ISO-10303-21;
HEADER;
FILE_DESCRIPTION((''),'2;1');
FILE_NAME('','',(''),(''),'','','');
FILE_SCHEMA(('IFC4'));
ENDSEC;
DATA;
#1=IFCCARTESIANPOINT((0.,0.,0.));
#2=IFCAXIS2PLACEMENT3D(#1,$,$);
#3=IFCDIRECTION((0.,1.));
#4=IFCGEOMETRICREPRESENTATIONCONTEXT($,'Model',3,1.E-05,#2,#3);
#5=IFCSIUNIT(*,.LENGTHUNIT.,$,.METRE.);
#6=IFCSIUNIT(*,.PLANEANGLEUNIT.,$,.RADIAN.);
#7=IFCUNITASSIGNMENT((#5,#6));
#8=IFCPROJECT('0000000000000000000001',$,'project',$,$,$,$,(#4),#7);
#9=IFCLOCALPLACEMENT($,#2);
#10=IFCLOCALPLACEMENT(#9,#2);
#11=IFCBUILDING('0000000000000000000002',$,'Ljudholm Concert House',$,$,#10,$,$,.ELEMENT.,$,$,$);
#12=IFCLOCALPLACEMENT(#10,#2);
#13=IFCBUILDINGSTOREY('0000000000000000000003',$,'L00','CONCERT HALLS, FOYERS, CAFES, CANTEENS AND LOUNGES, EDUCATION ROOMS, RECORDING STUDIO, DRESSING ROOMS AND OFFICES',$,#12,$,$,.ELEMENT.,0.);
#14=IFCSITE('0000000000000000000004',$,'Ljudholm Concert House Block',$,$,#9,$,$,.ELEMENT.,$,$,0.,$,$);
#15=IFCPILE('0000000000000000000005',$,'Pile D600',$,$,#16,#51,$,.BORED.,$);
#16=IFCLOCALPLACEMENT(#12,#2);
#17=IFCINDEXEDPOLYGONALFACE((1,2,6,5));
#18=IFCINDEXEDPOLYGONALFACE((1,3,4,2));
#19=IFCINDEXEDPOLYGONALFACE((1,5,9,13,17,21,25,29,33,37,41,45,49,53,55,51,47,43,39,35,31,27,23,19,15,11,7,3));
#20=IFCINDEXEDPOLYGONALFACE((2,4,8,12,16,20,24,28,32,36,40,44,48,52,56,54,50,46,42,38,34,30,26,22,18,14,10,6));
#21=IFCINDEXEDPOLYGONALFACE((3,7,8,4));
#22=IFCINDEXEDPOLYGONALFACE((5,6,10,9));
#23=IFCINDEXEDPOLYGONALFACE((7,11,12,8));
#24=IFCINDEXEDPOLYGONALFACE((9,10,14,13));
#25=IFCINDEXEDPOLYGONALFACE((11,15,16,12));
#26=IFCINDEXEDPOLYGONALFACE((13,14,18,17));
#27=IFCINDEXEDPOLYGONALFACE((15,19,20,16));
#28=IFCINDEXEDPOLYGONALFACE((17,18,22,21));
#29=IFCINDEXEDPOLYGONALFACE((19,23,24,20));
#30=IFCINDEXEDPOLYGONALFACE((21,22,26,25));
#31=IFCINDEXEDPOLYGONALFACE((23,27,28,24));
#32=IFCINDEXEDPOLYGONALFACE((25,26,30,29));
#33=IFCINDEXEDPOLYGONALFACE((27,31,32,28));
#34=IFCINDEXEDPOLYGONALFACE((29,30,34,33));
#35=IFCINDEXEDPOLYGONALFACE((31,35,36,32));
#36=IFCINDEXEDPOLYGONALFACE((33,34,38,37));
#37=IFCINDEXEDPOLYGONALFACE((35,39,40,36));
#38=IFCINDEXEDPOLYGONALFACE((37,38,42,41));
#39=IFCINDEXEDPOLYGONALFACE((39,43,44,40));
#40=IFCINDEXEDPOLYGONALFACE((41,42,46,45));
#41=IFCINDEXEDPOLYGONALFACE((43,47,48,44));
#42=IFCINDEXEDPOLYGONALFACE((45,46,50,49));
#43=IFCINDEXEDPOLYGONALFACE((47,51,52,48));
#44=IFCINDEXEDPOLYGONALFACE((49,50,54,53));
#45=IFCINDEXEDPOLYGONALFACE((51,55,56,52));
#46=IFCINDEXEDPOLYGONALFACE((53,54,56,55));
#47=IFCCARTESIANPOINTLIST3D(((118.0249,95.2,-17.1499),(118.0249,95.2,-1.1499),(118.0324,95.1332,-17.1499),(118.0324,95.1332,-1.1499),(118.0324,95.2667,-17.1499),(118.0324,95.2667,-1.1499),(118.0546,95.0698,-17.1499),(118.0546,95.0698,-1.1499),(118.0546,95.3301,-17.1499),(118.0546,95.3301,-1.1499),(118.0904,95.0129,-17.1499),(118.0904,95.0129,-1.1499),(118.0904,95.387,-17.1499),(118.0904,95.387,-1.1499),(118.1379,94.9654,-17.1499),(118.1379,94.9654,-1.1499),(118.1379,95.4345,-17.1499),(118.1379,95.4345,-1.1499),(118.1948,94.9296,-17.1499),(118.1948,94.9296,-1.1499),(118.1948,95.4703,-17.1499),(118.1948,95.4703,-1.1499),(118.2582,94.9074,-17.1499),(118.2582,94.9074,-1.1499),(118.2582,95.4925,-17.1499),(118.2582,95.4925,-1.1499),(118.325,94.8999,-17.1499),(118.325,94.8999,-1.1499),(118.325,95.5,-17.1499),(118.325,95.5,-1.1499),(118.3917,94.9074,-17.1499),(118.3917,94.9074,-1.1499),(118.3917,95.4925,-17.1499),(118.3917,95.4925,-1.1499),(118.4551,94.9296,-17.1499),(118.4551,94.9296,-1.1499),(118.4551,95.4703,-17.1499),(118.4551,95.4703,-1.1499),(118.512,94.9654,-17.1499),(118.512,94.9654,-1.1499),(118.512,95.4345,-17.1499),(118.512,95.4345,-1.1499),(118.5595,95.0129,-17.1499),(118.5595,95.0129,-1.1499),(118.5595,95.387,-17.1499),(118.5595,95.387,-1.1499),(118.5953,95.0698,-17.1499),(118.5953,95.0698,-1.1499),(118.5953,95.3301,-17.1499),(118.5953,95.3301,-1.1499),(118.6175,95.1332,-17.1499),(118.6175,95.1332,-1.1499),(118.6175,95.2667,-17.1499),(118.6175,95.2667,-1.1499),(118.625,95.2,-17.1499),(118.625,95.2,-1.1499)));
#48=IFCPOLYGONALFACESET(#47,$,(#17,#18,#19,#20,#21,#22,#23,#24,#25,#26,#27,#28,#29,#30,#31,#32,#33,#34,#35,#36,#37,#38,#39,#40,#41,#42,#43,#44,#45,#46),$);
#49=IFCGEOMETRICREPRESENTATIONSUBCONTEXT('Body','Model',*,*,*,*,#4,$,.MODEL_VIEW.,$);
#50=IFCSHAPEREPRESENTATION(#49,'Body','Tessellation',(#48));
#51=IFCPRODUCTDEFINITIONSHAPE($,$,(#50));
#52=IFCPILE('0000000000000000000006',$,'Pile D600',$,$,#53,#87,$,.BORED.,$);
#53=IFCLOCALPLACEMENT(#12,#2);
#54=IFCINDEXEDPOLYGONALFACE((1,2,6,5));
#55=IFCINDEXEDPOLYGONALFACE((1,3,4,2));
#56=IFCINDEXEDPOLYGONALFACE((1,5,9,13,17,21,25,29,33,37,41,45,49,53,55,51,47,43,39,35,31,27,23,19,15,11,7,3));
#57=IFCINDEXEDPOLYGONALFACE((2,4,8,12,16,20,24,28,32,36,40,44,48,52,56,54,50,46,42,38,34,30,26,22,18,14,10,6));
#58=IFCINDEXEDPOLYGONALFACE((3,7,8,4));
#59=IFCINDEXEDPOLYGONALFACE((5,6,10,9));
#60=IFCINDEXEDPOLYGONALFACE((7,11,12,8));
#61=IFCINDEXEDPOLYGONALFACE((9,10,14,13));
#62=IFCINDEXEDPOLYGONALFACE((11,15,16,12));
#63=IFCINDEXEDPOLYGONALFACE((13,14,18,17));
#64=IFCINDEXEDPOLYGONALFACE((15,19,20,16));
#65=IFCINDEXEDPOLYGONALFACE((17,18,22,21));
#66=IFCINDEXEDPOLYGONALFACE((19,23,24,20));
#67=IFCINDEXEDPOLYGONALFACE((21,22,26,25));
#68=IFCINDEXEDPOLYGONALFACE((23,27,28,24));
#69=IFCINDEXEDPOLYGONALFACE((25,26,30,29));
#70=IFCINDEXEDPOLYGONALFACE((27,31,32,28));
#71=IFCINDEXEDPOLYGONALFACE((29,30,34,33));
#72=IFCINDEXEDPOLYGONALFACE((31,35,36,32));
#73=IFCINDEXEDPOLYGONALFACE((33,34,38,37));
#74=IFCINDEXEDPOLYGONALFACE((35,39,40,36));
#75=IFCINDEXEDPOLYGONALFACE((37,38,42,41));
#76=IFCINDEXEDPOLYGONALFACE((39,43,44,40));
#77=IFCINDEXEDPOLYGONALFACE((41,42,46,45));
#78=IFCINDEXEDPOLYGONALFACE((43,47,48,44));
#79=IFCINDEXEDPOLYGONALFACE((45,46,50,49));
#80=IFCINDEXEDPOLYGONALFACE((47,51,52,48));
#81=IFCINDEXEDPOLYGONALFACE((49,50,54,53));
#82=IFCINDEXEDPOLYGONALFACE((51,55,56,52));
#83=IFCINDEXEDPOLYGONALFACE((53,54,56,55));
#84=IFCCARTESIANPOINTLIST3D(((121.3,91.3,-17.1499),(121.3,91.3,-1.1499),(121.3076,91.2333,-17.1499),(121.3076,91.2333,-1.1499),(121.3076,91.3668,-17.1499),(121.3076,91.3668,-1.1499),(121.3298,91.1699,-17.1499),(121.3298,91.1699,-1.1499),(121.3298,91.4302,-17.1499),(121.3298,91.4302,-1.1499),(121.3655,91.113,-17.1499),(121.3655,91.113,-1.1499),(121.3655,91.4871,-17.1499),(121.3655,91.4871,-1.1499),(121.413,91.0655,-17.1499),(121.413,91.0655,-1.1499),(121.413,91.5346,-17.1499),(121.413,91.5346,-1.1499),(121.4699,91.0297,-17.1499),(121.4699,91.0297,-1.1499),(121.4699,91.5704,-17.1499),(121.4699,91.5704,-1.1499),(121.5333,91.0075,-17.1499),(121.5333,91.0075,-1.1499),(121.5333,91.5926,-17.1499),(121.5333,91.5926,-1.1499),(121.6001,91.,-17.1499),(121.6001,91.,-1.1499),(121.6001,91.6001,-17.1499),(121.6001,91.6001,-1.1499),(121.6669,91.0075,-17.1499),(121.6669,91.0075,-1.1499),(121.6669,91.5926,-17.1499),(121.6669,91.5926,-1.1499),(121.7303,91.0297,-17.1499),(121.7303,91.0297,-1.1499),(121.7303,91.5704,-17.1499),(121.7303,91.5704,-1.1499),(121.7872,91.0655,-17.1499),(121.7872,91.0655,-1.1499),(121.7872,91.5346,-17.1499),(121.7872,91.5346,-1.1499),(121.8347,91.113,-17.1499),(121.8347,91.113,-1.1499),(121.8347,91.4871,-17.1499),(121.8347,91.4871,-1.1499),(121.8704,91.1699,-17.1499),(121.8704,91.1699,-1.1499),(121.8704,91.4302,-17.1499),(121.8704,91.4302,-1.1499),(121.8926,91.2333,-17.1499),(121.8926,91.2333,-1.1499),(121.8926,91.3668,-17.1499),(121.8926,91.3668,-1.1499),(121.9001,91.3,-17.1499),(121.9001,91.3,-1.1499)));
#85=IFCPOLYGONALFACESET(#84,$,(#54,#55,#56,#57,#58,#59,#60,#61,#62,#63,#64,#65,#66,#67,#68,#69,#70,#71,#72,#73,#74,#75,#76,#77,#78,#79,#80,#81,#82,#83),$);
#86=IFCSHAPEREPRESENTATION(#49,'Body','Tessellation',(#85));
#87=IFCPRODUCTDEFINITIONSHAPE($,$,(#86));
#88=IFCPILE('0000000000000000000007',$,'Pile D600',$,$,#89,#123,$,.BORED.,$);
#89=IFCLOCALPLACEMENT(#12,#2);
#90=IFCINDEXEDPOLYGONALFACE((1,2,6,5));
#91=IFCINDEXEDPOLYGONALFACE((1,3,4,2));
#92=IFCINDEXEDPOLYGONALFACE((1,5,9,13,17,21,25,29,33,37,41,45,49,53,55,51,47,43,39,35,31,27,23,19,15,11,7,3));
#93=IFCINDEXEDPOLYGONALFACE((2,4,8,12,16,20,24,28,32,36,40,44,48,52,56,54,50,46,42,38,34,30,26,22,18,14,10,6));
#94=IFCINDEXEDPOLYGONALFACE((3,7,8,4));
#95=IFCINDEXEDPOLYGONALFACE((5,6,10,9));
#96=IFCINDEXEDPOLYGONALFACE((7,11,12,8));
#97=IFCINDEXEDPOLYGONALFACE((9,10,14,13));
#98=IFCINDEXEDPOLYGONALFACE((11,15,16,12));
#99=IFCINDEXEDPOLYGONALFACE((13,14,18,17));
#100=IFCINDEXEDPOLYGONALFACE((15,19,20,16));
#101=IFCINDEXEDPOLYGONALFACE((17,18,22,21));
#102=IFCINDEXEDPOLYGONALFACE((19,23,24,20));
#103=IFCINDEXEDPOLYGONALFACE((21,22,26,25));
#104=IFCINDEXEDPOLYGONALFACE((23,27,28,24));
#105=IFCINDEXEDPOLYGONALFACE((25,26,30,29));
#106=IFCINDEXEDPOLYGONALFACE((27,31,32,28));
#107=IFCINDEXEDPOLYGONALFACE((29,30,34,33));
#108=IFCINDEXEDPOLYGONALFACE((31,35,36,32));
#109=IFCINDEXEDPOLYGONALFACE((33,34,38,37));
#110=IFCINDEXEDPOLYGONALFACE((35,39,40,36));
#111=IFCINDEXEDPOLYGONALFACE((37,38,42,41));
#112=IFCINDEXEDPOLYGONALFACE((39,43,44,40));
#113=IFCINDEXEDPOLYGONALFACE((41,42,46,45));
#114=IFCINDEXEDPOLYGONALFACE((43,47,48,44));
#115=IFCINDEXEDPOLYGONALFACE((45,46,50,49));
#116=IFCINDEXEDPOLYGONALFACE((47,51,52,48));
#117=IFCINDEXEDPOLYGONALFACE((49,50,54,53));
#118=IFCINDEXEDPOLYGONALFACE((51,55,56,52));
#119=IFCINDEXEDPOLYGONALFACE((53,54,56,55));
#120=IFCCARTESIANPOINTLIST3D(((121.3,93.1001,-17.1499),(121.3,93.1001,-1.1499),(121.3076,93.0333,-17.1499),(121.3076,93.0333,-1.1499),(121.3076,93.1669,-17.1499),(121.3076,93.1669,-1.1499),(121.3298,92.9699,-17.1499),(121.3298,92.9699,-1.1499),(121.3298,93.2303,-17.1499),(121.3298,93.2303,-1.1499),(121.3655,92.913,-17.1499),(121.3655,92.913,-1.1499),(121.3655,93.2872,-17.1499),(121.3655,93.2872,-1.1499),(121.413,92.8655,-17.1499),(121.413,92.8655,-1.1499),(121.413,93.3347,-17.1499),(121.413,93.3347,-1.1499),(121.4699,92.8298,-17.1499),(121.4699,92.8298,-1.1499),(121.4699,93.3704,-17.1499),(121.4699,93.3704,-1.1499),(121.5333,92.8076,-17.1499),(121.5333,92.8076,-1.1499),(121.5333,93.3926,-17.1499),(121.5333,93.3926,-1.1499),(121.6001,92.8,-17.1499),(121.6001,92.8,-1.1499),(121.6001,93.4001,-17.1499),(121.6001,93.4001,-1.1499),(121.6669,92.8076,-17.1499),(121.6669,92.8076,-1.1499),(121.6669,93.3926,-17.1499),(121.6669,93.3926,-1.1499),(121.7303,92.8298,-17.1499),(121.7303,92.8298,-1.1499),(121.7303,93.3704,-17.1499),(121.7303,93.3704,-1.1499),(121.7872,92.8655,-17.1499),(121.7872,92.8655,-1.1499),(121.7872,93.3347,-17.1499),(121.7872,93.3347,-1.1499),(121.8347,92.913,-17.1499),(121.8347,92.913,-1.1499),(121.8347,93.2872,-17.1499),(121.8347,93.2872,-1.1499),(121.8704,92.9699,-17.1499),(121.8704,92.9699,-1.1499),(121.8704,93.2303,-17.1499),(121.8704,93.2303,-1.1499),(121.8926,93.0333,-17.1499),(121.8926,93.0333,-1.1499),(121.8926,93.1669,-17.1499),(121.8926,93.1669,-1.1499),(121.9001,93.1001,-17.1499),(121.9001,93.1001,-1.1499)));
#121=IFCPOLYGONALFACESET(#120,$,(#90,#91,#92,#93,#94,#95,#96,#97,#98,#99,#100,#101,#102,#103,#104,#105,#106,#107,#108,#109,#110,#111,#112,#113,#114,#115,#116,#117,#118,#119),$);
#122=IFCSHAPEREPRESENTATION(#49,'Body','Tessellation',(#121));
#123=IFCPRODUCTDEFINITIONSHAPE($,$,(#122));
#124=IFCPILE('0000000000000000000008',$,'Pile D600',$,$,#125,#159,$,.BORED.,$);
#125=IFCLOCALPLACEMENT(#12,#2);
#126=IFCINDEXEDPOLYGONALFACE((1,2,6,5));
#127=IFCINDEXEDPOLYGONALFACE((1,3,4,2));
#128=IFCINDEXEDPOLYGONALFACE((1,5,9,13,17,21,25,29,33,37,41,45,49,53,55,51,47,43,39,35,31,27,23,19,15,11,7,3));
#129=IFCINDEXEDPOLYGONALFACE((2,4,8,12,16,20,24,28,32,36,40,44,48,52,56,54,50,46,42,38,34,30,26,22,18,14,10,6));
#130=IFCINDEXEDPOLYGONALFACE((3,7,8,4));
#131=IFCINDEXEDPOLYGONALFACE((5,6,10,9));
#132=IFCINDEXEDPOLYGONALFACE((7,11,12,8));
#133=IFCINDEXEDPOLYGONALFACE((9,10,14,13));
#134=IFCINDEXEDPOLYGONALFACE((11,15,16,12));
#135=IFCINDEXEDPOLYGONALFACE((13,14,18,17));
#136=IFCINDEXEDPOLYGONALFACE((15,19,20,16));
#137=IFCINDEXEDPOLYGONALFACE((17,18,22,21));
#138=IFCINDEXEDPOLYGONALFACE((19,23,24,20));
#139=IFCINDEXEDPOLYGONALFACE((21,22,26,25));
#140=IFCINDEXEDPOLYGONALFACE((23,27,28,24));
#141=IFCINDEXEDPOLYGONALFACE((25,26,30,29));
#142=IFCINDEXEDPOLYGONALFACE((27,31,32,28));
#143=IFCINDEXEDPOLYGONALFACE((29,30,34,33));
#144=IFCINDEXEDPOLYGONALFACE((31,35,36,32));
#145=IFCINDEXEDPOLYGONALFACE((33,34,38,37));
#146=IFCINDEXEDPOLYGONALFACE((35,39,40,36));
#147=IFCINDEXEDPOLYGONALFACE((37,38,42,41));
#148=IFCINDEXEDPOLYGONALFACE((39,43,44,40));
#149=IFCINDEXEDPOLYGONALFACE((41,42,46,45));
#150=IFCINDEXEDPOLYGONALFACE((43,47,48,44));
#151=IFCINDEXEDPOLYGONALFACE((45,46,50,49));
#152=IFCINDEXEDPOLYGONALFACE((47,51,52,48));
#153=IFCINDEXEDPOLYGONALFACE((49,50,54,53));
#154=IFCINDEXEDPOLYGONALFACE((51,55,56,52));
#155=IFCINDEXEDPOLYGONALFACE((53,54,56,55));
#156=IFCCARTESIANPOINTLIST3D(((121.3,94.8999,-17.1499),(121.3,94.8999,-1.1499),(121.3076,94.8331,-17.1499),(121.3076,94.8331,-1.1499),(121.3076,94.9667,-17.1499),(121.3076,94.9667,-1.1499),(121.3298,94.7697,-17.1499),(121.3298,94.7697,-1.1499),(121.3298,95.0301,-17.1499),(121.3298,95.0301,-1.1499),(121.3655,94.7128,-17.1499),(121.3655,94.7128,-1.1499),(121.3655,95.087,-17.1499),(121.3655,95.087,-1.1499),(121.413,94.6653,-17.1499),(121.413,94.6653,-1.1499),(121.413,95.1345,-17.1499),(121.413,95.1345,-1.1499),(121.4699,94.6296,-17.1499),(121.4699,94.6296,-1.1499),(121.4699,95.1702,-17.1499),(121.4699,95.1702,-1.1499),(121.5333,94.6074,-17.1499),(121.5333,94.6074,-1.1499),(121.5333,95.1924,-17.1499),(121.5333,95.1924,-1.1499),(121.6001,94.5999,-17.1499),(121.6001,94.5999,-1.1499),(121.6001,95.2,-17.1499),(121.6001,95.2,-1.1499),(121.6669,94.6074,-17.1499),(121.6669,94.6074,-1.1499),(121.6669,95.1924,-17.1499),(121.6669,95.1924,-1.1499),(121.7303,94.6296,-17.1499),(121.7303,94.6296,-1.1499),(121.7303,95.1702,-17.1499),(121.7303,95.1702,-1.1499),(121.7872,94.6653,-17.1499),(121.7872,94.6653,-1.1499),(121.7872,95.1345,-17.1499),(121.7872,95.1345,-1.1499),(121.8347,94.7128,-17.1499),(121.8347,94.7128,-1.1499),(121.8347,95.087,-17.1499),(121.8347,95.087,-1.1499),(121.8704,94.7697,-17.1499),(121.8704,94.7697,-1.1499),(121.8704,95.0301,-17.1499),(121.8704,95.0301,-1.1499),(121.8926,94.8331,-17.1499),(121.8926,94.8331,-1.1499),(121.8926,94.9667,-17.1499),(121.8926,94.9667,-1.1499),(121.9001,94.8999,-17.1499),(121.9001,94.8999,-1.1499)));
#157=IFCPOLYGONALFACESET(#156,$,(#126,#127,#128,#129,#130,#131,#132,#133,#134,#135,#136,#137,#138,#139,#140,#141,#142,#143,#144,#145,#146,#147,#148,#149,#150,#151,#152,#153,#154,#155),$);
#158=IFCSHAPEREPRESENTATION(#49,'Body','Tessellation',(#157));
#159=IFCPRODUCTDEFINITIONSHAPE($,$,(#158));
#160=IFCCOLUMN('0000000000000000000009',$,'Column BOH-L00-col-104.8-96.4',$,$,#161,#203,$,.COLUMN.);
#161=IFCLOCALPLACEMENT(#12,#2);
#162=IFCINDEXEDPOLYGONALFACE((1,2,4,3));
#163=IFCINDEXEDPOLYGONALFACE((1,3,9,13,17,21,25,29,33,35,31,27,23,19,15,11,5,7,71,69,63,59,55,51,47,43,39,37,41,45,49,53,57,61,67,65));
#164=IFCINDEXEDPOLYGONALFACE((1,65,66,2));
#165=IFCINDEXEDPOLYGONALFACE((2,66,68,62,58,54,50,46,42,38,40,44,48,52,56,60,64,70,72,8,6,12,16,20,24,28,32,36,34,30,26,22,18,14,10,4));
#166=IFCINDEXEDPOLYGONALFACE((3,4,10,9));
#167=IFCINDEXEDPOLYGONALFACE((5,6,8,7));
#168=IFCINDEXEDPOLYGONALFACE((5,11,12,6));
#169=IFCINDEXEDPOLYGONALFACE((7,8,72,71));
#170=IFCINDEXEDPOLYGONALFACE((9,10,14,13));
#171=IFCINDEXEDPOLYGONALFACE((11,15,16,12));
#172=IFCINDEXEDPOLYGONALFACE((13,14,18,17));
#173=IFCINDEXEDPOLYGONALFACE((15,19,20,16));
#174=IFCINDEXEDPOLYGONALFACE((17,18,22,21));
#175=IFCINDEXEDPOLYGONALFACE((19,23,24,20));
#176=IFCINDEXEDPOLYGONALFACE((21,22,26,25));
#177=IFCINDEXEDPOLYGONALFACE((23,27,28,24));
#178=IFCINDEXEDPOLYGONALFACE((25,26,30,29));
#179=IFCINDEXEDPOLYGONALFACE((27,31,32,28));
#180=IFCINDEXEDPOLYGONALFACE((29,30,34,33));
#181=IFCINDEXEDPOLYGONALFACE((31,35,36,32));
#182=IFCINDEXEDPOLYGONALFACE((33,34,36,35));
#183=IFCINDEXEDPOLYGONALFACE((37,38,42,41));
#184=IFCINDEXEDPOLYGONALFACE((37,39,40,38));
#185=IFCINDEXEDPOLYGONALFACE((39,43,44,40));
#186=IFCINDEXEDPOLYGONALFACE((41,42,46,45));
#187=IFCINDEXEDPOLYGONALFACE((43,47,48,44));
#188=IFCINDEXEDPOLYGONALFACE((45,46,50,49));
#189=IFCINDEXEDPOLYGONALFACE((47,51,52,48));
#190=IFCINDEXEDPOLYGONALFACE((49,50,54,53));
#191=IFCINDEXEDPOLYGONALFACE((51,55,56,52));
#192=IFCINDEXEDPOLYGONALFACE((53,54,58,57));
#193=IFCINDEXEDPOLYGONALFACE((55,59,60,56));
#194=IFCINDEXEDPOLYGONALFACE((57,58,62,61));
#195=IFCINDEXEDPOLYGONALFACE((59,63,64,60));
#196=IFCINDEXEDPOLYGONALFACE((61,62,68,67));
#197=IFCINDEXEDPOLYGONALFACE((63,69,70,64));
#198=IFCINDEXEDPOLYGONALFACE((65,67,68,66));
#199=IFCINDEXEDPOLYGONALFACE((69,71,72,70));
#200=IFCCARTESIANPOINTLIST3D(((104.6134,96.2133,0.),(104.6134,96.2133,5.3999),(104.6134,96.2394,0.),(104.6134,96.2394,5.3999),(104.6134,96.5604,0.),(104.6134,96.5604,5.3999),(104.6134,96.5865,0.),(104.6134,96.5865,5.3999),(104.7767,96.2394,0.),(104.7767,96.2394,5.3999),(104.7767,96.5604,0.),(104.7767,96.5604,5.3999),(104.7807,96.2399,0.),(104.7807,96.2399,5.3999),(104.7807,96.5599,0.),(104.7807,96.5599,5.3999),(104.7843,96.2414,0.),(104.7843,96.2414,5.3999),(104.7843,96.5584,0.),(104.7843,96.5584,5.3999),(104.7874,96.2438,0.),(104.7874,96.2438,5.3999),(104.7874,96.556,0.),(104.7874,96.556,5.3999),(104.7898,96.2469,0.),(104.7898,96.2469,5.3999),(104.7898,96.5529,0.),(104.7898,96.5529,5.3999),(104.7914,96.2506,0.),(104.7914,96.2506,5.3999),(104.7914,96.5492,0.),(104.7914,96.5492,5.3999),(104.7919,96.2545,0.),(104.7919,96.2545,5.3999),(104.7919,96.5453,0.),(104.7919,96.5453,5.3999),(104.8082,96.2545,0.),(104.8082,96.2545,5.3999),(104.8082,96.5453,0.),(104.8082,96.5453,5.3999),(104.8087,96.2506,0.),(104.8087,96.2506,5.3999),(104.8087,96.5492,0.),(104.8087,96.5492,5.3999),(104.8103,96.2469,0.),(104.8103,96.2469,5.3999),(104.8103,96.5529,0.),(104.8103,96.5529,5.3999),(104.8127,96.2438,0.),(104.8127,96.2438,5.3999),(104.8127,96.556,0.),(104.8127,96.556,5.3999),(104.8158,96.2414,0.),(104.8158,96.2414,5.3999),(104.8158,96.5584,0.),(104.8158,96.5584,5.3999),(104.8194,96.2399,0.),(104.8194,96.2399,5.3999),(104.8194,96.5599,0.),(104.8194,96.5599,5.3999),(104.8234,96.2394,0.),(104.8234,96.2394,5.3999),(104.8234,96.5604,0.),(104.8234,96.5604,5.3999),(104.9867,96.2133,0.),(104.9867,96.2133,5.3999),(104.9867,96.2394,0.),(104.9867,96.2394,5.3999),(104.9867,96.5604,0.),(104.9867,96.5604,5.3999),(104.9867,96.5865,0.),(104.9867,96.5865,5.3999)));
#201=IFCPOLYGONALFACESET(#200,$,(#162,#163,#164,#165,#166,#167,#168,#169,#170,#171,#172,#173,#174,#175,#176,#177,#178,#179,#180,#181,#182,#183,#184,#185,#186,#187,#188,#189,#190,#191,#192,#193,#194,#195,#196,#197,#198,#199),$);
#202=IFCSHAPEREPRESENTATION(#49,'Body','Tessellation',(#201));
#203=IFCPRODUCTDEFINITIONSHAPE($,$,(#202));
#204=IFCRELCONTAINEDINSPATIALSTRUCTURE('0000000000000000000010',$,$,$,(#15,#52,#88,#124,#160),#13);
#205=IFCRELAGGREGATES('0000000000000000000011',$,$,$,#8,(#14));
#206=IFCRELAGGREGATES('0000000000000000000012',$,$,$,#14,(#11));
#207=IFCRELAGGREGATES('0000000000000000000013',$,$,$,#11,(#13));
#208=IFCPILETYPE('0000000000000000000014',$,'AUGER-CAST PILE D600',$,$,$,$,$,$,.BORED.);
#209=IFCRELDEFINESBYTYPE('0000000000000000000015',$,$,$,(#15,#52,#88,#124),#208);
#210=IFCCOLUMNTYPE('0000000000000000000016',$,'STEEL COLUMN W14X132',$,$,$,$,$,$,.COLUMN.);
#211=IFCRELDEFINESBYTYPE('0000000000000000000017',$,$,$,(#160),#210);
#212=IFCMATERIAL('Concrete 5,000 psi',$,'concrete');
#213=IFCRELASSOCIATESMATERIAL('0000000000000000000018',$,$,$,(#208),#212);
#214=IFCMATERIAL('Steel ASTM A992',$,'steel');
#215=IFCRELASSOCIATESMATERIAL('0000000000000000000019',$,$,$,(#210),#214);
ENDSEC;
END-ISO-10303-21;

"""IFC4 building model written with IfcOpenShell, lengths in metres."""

from ifc_helpers import new_model, si_unit, direction, frame, origin, origin_2d, place, context, subcontext, project, spatial, circle, i_section, extrude, material, material_profile, profile_set, type_object, element, save


model = new_model("IFC4")

# Units and contexts
model_context = context("Model", 3, precision=1e-05, world=origin(), true_north=direction((0.0, 1.0)))
body_context = subcontext(model_context, "Body", "Model", "MODEL_VIEW")
ifc_project = project(units=[si_unit("LENGTHUNIT", "METRE"), si_unit("PLANEANGLEUNIT", "RADIAN")], contexts=[model_context])

# Site, building, storey
site_placement = place(None, origin())
site = spatial("IfcSite", under=ifc_project, at=site_placement, Name="Ljudholm Concert House Block", CompositionType="ELEMENT", RefElevation=0.0)
building_placement = place(site_placement, origin())
building = spatial("IfcBuilding", under=site, at=building_placement, Name="Ljudholm Concert House", CompositionType="ELEMENT")
storey_placement = place(building_placement, origin())
storey = spatial("IfcBuildingStorey", under=building, at=storey_placement, Name="L00", Description="CONCERT HALLS, FOYERS, CAFES, CANTEENS AND LOUNGES, EDUCATION ROOMS, RECORDING STUDIO, DRESSING ROOMS AND OFFICES", CompositionType="ELEMENT", Elevation=0.0)

# Piles
ifc_material_1 = material(Name="Concrete 5,000 psi", Category="concrete")
ifc_material_profile_1 = material_profile(ifc_material_1, circle(Radius=0.3, at=origin_2d()), Name="AUGER-CAST PILE D600")
ifc_profile_set_1 = profile_set([ifc_material_profile_1], Name="Concrete 5,000 psi")
pile_type = type_object("IfcPileType", Name="AUGER-CAST PILE D600", PredefinedType="BORED", material=ifc_profile_set_1)
for number, where, z_axis, x_axis, name in (
    (1, (118.325, 95.2, -1.1499), (0.0, 0.0, -1.0), (1.0, 0.0, 0.0), "Pile D600"),
    (2, (121.6001, 91.3, -1.1499), (0.0, 0.0, -1.0), (1.0, 0.0, 0.0), "Pile D600"),
    (3, (121.6001, 93.1001, -1.1499), (0.0, 0.0, -1.0), (1.0, 0.0, 0.0), "Pile D600"),
    (4, (121.6001, 94.8999, -1.1499), (0.0, 0.0, -1.0), (1.0, 0.0, 0.0), "Pile D600"),
):
    element("IfcPile", number, at=place(storey_placement, frame(where, z_axis=z_axis, x_axis=x_axis)), inside=storey, type_object=pile_type, Name=name, PredefinedType="BORED", context=body_context, shape_type="SweptSolid", body=[
        extrude(circle(Radius=0.3, at=origin_2d()), origin(), (0.0, 0.0, 1.0), 16.0),
    ])

# Column
ifc_material_2 = material(Name="Steel ASTM A992", Category="steel")
ifc_material_profile_2 = material_profile(ifc_material_2, i_section(OverallWidth=0.3733, OverallDepth=0.3733, WebThickness=0.0164, FlangeThickness=0.0261, FilletRadius=0.0151, at=origin_2d()), Name="W14X132")
ifc_profile_set_2 = profile_set([ifc_material_profile_2], Name="Steel ASTM A992")
column_type = type_object("IfcColumnType", Name="STEEL COLUMN W14X132", PredefinedType="COLUMN", material=ifc_profile_set_2)
for number, where, z_axis, x_axis, name in (
    (5, (104.8, 96.3999, 0.0), (0.0, 0.0, 1.0), (1.0, 0.0, 0.0), "Column BOH-L00-col-104.8-96.4"),
):
    element("IfcColumn", number, at=place(storey_placement, frame(where, z_axis=z_axis, x_axis=x_axis)), inside=storey, type_object=column_type, Name=name, PredefinedType="COLUMN", context=body_context, shape_type="SweptSolid", body=[
        extrude(i_section(OverallWidth=0.3733, OverallDepth=0.3733, WebThickness=0.0164, FlangeThickness=0.0261, FilletRadius=0.0151, at=origin_2d()), origin(), (0.0, 0.0, 1.0), 5.3999),
    ])

save(model, "model.ifc")
